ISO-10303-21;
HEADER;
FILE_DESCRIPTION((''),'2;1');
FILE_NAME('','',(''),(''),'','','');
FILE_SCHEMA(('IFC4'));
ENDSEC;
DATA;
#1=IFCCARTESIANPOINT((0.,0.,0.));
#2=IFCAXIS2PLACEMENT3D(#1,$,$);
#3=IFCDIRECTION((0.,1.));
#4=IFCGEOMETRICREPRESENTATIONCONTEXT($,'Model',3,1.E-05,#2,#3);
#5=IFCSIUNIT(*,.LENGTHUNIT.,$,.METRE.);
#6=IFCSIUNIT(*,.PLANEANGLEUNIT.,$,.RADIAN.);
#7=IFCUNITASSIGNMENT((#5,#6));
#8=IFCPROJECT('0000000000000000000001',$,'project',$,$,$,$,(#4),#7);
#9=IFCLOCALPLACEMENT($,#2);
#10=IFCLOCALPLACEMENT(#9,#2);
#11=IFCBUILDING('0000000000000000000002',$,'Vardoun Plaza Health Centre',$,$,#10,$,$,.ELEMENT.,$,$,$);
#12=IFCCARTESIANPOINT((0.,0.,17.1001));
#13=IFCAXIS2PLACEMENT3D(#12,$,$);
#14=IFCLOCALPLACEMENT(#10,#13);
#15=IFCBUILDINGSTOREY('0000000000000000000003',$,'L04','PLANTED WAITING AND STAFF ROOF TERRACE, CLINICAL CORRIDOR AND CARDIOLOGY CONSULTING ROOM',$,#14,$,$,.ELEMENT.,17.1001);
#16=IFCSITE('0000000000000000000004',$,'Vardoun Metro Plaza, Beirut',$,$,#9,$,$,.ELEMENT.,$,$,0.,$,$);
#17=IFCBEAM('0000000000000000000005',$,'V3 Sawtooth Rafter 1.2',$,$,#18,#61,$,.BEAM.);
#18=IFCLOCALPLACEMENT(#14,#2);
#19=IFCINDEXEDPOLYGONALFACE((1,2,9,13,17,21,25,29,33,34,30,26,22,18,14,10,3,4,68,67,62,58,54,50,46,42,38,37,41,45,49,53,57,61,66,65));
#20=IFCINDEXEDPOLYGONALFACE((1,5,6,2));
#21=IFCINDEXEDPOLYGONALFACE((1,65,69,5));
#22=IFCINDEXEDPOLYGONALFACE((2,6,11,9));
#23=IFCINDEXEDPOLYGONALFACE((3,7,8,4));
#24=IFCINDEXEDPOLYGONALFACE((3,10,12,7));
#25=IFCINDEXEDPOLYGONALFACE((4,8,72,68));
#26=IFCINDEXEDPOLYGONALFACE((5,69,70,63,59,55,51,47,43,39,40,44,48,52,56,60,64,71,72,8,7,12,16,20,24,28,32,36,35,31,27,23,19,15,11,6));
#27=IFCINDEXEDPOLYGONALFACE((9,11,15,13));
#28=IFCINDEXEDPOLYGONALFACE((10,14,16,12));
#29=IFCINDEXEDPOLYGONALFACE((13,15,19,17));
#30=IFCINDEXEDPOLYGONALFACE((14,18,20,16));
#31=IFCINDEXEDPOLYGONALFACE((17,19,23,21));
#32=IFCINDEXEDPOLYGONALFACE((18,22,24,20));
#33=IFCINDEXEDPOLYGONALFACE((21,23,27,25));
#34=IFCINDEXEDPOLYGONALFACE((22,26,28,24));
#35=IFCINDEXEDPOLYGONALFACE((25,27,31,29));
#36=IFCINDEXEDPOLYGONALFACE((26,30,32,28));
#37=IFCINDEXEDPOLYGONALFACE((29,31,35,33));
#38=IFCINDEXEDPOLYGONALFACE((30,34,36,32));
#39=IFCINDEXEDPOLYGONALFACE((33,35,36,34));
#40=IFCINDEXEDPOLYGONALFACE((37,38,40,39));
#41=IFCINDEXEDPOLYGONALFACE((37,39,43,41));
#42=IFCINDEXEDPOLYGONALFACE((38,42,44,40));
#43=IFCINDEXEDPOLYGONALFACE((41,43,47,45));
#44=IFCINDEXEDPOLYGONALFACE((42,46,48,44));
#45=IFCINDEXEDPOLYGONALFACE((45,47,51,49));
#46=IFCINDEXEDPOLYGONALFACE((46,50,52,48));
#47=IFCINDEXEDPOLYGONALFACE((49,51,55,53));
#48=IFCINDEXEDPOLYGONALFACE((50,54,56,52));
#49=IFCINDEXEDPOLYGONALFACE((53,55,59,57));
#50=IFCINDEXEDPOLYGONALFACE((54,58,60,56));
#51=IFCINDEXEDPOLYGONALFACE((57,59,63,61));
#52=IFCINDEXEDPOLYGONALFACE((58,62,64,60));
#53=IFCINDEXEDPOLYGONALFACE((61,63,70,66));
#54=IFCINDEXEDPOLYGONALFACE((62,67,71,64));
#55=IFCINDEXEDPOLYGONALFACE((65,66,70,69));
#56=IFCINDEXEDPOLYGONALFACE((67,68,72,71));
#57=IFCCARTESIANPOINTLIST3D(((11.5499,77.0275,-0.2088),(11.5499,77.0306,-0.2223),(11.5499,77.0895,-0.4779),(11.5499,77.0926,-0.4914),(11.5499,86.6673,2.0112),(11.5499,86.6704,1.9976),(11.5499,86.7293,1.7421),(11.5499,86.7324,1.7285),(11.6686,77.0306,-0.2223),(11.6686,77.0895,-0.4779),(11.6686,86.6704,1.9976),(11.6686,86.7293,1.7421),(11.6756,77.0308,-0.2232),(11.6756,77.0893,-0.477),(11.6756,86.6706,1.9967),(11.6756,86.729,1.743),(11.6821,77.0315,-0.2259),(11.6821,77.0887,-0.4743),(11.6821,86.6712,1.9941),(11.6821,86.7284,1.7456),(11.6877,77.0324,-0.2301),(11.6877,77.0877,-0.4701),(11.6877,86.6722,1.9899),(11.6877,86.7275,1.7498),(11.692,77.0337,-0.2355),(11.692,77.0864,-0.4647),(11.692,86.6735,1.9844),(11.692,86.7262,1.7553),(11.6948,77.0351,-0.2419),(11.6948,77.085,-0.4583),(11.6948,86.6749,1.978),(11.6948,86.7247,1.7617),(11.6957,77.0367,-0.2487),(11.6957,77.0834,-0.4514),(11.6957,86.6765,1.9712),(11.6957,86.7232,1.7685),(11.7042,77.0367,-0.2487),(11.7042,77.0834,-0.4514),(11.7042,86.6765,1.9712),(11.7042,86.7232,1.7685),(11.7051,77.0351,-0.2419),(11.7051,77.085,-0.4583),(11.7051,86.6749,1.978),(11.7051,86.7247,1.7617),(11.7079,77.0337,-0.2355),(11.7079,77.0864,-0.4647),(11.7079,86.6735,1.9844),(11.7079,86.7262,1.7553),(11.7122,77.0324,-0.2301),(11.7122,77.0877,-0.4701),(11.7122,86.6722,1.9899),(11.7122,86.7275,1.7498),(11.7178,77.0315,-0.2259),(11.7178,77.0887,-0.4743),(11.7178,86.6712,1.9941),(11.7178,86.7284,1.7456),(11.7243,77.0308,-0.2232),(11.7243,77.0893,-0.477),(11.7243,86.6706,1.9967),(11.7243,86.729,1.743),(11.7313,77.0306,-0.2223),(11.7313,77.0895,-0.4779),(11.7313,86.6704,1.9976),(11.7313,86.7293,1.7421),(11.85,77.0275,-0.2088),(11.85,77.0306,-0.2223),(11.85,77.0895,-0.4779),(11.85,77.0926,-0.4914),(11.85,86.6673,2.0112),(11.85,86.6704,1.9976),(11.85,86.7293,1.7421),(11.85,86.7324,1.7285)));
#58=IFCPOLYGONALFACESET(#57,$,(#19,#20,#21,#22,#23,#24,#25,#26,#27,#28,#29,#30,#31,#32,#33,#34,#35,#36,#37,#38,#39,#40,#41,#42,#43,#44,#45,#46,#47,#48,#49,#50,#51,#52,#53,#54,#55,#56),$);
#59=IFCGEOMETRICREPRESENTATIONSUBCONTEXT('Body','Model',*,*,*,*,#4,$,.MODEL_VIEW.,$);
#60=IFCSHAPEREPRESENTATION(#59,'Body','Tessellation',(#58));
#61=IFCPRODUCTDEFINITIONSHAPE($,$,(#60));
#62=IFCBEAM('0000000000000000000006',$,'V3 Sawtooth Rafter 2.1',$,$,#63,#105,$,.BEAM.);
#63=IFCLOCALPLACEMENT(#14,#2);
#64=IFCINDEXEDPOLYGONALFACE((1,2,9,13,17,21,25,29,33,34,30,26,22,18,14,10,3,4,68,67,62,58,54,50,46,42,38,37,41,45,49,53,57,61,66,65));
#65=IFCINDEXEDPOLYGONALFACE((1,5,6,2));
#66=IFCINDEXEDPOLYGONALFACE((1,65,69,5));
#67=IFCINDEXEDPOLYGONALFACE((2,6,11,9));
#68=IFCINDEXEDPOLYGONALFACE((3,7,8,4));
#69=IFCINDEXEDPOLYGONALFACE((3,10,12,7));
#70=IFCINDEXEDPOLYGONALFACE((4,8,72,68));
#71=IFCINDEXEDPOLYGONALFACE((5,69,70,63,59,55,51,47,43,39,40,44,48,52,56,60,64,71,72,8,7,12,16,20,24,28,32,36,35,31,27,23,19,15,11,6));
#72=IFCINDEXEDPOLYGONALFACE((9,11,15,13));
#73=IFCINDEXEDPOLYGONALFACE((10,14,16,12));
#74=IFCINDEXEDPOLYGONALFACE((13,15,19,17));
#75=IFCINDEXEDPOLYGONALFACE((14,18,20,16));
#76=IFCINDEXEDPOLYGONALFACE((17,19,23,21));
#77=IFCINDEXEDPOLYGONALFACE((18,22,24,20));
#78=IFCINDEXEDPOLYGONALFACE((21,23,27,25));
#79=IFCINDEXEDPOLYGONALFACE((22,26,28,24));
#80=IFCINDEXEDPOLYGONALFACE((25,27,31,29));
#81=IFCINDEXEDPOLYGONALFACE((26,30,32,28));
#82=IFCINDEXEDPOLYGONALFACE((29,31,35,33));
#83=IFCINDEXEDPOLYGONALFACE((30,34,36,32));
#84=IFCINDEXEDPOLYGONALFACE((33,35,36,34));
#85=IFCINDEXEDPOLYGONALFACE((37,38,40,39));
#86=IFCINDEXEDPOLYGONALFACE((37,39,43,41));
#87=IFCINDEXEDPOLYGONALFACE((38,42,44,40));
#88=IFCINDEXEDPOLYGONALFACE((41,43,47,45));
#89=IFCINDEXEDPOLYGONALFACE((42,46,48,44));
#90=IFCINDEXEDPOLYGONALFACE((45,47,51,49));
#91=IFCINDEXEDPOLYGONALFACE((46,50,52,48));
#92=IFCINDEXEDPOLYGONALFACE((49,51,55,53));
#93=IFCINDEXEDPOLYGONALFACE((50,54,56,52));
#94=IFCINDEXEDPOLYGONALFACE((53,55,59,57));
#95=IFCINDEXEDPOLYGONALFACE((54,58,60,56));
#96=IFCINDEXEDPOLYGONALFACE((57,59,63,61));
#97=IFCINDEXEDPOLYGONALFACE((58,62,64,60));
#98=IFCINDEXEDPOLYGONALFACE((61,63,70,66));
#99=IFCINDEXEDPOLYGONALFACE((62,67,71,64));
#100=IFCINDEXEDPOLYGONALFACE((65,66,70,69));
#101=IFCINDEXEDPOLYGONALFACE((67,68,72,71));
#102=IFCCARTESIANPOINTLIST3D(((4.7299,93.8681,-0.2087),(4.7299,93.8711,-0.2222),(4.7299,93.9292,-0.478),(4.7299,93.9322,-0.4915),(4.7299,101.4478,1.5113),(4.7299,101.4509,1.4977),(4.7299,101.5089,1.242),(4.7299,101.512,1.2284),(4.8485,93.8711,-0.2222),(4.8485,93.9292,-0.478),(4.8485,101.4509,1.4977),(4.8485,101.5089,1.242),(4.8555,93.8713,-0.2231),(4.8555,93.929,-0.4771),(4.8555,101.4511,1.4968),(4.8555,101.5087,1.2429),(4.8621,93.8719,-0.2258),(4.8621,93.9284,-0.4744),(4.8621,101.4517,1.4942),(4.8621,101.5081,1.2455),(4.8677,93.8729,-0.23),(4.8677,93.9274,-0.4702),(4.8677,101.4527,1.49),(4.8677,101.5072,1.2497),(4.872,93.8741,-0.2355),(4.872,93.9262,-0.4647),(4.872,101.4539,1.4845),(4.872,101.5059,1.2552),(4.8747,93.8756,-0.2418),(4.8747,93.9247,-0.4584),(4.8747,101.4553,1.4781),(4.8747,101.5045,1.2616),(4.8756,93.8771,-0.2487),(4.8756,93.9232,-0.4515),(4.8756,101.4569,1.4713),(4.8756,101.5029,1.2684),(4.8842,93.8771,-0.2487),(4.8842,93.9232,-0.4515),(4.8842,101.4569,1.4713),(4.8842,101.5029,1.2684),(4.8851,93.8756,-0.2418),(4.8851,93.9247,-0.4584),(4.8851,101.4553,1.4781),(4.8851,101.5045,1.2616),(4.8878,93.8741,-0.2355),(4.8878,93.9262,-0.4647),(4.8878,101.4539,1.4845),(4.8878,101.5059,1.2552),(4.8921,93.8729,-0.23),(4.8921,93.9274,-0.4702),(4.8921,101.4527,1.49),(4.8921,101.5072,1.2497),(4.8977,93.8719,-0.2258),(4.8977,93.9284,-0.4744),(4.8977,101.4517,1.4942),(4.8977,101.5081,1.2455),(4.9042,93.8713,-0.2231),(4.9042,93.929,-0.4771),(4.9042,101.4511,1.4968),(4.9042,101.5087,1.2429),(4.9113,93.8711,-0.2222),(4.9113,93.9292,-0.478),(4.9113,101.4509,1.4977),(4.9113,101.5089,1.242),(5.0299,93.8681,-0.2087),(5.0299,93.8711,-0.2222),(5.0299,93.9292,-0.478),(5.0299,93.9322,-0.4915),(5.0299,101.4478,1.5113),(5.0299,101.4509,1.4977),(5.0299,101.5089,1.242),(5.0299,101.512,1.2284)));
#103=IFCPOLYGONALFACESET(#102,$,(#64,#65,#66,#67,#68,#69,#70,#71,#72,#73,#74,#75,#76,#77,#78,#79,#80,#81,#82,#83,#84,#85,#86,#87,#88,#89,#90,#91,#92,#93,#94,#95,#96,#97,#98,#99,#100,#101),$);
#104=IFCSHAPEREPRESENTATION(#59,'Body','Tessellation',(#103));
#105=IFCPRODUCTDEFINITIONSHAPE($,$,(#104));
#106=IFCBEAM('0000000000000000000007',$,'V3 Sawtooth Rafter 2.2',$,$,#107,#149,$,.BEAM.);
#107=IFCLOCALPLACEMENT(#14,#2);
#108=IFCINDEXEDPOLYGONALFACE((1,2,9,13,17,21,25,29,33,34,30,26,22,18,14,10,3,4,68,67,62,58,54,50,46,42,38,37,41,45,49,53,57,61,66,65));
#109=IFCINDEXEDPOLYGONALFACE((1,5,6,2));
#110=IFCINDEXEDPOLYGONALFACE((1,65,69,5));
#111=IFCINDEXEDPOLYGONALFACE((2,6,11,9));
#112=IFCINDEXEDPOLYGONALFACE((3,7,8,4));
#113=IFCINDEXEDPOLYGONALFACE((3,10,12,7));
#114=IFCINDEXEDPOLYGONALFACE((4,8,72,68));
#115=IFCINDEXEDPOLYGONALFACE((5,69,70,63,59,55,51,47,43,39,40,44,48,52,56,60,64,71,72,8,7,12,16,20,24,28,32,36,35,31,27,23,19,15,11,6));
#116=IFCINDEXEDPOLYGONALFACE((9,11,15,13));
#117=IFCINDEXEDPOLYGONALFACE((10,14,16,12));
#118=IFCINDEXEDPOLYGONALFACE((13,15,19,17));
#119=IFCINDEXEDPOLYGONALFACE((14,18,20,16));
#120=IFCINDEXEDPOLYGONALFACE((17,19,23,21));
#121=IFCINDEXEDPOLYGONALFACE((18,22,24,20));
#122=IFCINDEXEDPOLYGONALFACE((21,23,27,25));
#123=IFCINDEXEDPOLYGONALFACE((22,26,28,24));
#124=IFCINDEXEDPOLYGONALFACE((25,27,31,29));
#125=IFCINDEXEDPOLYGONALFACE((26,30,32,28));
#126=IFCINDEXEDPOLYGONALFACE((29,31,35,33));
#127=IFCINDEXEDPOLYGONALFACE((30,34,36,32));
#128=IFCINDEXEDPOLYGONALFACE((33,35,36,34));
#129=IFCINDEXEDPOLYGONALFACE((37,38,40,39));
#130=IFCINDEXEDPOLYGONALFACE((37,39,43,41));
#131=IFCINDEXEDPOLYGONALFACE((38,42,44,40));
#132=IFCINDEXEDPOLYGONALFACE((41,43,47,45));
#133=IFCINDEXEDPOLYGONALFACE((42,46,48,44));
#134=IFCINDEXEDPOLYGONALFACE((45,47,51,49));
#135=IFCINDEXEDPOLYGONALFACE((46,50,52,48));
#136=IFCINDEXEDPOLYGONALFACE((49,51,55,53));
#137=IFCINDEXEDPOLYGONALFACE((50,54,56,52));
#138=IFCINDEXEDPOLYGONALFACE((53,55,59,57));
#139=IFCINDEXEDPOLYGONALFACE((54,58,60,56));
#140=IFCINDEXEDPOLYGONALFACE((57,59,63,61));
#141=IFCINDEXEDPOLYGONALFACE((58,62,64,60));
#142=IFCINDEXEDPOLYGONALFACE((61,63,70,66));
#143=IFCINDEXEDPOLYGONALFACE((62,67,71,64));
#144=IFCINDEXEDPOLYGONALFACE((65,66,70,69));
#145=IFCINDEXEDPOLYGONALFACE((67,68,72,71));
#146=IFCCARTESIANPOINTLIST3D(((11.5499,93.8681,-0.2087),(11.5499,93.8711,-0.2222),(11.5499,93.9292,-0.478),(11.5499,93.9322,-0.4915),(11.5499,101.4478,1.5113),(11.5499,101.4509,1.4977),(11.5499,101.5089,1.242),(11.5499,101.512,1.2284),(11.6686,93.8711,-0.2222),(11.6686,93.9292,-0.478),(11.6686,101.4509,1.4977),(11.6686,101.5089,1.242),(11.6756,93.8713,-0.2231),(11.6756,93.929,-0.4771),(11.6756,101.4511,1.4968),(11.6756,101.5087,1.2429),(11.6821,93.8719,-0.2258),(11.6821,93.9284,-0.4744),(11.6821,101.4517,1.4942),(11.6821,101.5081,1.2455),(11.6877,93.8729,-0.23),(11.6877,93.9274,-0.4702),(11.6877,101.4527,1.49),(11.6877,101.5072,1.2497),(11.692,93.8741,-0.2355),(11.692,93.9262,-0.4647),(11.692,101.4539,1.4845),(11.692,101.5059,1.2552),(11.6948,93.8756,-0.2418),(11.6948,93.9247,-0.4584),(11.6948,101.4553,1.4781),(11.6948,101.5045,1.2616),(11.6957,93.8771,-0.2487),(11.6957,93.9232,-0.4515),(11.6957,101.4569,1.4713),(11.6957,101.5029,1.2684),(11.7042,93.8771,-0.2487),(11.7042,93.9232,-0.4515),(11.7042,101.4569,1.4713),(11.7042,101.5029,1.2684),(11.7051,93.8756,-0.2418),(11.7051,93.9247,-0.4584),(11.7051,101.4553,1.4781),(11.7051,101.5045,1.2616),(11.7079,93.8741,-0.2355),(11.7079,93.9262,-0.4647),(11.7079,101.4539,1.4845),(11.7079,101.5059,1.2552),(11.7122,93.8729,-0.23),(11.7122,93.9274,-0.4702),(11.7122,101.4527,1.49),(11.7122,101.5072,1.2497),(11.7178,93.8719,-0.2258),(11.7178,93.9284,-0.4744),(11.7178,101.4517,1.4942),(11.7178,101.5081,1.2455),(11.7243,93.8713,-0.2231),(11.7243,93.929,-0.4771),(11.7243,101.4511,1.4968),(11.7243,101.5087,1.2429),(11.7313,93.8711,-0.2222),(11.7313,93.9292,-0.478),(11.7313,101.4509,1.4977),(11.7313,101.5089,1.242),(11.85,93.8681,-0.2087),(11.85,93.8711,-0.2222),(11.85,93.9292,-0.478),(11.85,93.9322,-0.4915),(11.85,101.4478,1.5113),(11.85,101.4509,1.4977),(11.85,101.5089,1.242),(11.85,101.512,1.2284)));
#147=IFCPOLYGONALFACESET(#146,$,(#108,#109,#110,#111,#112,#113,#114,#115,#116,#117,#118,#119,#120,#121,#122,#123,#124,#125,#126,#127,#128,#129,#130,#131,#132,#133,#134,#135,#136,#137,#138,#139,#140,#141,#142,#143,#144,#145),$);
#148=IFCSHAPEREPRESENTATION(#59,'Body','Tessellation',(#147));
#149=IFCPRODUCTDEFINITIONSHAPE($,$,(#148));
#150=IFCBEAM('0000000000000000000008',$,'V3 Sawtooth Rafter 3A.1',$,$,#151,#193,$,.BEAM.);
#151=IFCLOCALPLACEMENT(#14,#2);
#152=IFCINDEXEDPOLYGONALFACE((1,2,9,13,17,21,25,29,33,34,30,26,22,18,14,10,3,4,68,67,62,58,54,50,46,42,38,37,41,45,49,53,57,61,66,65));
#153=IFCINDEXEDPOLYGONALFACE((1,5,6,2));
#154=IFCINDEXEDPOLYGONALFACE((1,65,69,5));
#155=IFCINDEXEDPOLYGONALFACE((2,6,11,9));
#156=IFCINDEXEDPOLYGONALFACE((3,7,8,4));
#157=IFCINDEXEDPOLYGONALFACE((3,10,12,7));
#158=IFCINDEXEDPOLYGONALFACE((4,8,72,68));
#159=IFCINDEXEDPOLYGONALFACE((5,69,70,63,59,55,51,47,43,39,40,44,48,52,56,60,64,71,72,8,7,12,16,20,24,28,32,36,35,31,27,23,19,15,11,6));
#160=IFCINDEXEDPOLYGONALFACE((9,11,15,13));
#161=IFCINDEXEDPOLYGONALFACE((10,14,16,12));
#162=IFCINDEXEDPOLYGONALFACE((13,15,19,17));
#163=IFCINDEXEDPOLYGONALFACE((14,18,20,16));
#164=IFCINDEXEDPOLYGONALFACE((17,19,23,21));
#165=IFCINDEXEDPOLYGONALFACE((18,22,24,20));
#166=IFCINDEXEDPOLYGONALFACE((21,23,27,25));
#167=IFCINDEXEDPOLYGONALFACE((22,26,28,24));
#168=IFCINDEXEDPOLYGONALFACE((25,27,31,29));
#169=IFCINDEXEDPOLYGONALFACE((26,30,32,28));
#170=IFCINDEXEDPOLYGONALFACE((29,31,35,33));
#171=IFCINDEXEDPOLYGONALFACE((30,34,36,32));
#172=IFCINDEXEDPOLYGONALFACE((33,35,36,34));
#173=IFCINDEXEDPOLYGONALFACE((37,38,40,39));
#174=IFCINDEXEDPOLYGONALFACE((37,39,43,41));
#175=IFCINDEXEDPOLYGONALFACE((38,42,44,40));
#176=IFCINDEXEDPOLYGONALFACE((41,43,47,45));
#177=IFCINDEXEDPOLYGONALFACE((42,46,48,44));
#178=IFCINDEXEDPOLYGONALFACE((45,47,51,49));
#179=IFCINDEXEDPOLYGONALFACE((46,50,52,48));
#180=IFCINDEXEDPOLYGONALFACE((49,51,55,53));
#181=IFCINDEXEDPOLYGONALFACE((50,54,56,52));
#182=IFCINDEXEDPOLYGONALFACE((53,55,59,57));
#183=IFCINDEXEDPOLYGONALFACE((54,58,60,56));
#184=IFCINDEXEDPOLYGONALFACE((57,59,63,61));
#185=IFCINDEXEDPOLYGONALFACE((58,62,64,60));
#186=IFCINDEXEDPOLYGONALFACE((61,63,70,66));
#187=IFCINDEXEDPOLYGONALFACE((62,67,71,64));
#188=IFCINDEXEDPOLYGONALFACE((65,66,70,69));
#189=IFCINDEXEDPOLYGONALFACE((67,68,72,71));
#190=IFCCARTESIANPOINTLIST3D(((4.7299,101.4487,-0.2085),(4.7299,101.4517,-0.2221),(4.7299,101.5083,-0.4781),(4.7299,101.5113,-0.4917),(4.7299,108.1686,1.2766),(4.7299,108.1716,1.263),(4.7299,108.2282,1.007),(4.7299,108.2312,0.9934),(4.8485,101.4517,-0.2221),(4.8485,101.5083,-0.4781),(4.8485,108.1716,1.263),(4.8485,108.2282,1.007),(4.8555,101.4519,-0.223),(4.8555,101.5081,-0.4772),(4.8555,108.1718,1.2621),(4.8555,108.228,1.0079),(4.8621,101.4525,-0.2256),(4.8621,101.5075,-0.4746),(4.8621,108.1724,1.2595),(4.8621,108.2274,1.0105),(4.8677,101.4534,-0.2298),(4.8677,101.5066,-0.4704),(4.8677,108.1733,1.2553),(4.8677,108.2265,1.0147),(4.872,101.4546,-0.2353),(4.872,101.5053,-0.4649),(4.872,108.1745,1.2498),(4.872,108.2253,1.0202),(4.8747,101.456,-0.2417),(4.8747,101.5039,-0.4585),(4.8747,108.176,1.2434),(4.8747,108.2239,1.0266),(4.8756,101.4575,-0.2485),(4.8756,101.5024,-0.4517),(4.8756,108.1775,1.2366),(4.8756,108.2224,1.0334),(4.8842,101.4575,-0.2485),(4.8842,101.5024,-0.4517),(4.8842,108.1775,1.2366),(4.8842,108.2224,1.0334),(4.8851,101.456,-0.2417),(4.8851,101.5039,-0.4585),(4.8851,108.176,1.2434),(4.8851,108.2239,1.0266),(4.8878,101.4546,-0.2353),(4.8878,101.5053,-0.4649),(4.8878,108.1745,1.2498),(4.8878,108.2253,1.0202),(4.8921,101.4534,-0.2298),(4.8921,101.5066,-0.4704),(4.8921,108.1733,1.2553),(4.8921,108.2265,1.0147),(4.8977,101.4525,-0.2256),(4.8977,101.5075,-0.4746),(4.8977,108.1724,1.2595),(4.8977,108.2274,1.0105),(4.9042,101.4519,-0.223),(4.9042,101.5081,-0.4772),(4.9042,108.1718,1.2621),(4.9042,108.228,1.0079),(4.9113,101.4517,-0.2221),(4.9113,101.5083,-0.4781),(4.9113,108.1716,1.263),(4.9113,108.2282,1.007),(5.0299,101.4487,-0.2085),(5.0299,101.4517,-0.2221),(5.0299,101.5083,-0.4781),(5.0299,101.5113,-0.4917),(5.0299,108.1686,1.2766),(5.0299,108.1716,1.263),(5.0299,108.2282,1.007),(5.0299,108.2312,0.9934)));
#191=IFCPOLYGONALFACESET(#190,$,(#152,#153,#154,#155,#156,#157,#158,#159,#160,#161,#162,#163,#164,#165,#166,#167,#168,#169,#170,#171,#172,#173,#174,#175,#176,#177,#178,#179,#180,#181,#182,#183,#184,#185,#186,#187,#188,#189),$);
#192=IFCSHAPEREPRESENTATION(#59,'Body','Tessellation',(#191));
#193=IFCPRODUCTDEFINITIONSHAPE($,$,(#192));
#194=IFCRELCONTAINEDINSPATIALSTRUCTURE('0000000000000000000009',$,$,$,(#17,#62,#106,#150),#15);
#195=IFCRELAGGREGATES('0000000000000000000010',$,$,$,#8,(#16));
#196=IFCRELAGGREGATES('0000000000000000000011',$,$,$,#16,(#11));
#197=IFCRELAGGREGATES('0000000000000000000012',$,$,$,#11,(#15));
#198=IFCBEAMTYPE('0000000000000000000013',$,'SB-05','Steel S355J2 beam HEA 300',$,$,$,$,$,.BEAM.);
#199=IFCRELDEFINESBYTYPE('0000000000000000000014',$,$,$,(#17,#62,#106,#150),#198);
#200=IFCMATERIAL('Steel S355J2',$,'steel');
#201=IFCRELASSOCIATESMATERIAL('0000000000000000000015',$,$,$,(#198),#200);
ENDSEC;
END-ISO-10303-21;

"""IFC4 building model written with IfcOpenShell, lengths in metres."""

from ifc_helpers import new_model, si_unit, direction, frame, origin, origin_2d, place, context, subcontext, project, spatial, i_section, extrude, material, material_profile, profile_set, type_object, element, save


model = new_model("IFC4")

# Units and contexts
model_context = context("Model", 3, precision=1e-05, world=origin(), true_north=direction((0.0, 1.0)))
body_context = subcontext(model_context, "Body", "Model", "MODEL_VIEW")
ifc_project = project(units=[si_unit("LENGTHUNIT", "METRE"), si_unit("PLANEANGLEUNIT", "RADIAN")], contexts=[model_context])

# Site, building, storey
site_placement = place(None, origin())
site = spatial("IfcSite", under=ifc_project, at=site_placement, Name="Vardoun Metro Plaza, Beirut", CompositionType="ELEMENT", RefElevation=0.0)
building_placement = place(site_placement, origin())
building = spatial("IfcBuilding", under=site, at=building_placement, Name="Vardoun Plaza Health Centre", CompositionType="ELEMENT")
storey_placement = place(building_placement, frame((0.0, 0.0, 17.1001)))
storey = spatial("IfcBuildingStorey", under=building, at=storey_placement, Name="L04", Description="PLANTED WAITING AND STAFF ROOF TERRACE, CLINICAL CORRIDOR AND CARDIOLOGY CONSULTING ROOM", CompositionType="ELEMENT", Elevation=17.1001)

# Beams
ifc_material_1 = material(Name="Steel S355J2", Category="steel")
ifc_material_profile_1 = material_profile(ifc_material_1, i_section(OverallWidth=0.3, OverallDepth=0.29, WebThickness=0.0085, FlangeThickness=0.0139, FilletRadius=0.0271, at=origin_2d()), Name="HEA 300")
ifc_profile_set_1 = profile_set([ifc_material_profile_1], Name="Steel S355J2")
beam_type_1 = type_object("IfcBeamType", Name="SB-05", Description="Steel S355J2 beam HEA 300", PredefinedType="BEAM", material=ifc_profile_set_1)
for number, where, z_axis, x_axis, name in (
    (1, (11.7, 77.0601, -0.3501), (0.0, 0.974493, 0.224416), (-1.0, 0.0, 0.0), "V3 Sawtooth Rafter 1.2"),
):
    element("IfcBeam", number, at=place(storey_placement, frame(where, z_axis=z_axis, x_axis=x_axis)), inside=storey, type_object=beam_type_1, Name=name, PredefinedType="BEAM", context=body_context, shape_type="SweptSolid", body=[
        extrude(i_section(OverallWidth=0.3, OverallDepth=0.29, WebThickness=0.0085, FlangeThickness=0.0139, FilletRadius=0.0271, at=origin_2d()), origin(), (0.0, 0.0, 1.0), 9.8921),
    ])
for number, where, z_axis, x_axis, name in (
    (2, (4.8799, 93.9001, -0.3501), (0.0, 0.975208, 0.221288), (-1.0, 0.0, 0.0), "V3 Sawtooth Rafter 2.1"),
    (3, (11.7, 93.9001, -0.3501), (0.0, 0.975208, 0.221288), (-1.0, 0.0, 0.0), "V3 Sawtooth Rafter 2.2"),
):
    element("IfcBeam", number, at=place(storey_placement, frame(where, z_axis=z_axis, x_axis=x_axis)), inside=storey, type_object=beam_type_1, Name=name, PredefinedType="BEAM", context=body_context, shape_type="SweptSolid", body=[
        extrude(i_section(OverallWidth=0.3, OverallDepth=0.29, WebThickness=0.0085, FlangeThickness=0.0139, FilletRadius=0.0271, at=origin_2d()), origin(), (0.0, 0.0, 1.0), 7.7725),
    ])
for number, where, z_axis, x_axis, name in (
    (4, (4.8799, 101.48, -0.3501), (0.0, 0.976439, 0.215792), (-1.0, 0.0, 0.0), "V3 Sawtooth Rafter 3A.1"),
):
    element("IfcBeam", number, at=place(storey_placement, frame(where, z_axis=z_axis, x_axis=x_axis)), inside=storey, type_object=beam_type_1, Name=name, PredefinedType="BEAM", context=body_context, shape_type="SweptSolid", body=[
        extrude(i_section(OverallWidth=0.3, OverallDepth=0.29, WebThickness=0.0085, FlangeThickness=0.0139, FilletRadius=0.0271, at=origin_2d()), origin(), (0.0, 0.0, 1.0), 6.8821),
    ])

save(model, "model.ifc")
